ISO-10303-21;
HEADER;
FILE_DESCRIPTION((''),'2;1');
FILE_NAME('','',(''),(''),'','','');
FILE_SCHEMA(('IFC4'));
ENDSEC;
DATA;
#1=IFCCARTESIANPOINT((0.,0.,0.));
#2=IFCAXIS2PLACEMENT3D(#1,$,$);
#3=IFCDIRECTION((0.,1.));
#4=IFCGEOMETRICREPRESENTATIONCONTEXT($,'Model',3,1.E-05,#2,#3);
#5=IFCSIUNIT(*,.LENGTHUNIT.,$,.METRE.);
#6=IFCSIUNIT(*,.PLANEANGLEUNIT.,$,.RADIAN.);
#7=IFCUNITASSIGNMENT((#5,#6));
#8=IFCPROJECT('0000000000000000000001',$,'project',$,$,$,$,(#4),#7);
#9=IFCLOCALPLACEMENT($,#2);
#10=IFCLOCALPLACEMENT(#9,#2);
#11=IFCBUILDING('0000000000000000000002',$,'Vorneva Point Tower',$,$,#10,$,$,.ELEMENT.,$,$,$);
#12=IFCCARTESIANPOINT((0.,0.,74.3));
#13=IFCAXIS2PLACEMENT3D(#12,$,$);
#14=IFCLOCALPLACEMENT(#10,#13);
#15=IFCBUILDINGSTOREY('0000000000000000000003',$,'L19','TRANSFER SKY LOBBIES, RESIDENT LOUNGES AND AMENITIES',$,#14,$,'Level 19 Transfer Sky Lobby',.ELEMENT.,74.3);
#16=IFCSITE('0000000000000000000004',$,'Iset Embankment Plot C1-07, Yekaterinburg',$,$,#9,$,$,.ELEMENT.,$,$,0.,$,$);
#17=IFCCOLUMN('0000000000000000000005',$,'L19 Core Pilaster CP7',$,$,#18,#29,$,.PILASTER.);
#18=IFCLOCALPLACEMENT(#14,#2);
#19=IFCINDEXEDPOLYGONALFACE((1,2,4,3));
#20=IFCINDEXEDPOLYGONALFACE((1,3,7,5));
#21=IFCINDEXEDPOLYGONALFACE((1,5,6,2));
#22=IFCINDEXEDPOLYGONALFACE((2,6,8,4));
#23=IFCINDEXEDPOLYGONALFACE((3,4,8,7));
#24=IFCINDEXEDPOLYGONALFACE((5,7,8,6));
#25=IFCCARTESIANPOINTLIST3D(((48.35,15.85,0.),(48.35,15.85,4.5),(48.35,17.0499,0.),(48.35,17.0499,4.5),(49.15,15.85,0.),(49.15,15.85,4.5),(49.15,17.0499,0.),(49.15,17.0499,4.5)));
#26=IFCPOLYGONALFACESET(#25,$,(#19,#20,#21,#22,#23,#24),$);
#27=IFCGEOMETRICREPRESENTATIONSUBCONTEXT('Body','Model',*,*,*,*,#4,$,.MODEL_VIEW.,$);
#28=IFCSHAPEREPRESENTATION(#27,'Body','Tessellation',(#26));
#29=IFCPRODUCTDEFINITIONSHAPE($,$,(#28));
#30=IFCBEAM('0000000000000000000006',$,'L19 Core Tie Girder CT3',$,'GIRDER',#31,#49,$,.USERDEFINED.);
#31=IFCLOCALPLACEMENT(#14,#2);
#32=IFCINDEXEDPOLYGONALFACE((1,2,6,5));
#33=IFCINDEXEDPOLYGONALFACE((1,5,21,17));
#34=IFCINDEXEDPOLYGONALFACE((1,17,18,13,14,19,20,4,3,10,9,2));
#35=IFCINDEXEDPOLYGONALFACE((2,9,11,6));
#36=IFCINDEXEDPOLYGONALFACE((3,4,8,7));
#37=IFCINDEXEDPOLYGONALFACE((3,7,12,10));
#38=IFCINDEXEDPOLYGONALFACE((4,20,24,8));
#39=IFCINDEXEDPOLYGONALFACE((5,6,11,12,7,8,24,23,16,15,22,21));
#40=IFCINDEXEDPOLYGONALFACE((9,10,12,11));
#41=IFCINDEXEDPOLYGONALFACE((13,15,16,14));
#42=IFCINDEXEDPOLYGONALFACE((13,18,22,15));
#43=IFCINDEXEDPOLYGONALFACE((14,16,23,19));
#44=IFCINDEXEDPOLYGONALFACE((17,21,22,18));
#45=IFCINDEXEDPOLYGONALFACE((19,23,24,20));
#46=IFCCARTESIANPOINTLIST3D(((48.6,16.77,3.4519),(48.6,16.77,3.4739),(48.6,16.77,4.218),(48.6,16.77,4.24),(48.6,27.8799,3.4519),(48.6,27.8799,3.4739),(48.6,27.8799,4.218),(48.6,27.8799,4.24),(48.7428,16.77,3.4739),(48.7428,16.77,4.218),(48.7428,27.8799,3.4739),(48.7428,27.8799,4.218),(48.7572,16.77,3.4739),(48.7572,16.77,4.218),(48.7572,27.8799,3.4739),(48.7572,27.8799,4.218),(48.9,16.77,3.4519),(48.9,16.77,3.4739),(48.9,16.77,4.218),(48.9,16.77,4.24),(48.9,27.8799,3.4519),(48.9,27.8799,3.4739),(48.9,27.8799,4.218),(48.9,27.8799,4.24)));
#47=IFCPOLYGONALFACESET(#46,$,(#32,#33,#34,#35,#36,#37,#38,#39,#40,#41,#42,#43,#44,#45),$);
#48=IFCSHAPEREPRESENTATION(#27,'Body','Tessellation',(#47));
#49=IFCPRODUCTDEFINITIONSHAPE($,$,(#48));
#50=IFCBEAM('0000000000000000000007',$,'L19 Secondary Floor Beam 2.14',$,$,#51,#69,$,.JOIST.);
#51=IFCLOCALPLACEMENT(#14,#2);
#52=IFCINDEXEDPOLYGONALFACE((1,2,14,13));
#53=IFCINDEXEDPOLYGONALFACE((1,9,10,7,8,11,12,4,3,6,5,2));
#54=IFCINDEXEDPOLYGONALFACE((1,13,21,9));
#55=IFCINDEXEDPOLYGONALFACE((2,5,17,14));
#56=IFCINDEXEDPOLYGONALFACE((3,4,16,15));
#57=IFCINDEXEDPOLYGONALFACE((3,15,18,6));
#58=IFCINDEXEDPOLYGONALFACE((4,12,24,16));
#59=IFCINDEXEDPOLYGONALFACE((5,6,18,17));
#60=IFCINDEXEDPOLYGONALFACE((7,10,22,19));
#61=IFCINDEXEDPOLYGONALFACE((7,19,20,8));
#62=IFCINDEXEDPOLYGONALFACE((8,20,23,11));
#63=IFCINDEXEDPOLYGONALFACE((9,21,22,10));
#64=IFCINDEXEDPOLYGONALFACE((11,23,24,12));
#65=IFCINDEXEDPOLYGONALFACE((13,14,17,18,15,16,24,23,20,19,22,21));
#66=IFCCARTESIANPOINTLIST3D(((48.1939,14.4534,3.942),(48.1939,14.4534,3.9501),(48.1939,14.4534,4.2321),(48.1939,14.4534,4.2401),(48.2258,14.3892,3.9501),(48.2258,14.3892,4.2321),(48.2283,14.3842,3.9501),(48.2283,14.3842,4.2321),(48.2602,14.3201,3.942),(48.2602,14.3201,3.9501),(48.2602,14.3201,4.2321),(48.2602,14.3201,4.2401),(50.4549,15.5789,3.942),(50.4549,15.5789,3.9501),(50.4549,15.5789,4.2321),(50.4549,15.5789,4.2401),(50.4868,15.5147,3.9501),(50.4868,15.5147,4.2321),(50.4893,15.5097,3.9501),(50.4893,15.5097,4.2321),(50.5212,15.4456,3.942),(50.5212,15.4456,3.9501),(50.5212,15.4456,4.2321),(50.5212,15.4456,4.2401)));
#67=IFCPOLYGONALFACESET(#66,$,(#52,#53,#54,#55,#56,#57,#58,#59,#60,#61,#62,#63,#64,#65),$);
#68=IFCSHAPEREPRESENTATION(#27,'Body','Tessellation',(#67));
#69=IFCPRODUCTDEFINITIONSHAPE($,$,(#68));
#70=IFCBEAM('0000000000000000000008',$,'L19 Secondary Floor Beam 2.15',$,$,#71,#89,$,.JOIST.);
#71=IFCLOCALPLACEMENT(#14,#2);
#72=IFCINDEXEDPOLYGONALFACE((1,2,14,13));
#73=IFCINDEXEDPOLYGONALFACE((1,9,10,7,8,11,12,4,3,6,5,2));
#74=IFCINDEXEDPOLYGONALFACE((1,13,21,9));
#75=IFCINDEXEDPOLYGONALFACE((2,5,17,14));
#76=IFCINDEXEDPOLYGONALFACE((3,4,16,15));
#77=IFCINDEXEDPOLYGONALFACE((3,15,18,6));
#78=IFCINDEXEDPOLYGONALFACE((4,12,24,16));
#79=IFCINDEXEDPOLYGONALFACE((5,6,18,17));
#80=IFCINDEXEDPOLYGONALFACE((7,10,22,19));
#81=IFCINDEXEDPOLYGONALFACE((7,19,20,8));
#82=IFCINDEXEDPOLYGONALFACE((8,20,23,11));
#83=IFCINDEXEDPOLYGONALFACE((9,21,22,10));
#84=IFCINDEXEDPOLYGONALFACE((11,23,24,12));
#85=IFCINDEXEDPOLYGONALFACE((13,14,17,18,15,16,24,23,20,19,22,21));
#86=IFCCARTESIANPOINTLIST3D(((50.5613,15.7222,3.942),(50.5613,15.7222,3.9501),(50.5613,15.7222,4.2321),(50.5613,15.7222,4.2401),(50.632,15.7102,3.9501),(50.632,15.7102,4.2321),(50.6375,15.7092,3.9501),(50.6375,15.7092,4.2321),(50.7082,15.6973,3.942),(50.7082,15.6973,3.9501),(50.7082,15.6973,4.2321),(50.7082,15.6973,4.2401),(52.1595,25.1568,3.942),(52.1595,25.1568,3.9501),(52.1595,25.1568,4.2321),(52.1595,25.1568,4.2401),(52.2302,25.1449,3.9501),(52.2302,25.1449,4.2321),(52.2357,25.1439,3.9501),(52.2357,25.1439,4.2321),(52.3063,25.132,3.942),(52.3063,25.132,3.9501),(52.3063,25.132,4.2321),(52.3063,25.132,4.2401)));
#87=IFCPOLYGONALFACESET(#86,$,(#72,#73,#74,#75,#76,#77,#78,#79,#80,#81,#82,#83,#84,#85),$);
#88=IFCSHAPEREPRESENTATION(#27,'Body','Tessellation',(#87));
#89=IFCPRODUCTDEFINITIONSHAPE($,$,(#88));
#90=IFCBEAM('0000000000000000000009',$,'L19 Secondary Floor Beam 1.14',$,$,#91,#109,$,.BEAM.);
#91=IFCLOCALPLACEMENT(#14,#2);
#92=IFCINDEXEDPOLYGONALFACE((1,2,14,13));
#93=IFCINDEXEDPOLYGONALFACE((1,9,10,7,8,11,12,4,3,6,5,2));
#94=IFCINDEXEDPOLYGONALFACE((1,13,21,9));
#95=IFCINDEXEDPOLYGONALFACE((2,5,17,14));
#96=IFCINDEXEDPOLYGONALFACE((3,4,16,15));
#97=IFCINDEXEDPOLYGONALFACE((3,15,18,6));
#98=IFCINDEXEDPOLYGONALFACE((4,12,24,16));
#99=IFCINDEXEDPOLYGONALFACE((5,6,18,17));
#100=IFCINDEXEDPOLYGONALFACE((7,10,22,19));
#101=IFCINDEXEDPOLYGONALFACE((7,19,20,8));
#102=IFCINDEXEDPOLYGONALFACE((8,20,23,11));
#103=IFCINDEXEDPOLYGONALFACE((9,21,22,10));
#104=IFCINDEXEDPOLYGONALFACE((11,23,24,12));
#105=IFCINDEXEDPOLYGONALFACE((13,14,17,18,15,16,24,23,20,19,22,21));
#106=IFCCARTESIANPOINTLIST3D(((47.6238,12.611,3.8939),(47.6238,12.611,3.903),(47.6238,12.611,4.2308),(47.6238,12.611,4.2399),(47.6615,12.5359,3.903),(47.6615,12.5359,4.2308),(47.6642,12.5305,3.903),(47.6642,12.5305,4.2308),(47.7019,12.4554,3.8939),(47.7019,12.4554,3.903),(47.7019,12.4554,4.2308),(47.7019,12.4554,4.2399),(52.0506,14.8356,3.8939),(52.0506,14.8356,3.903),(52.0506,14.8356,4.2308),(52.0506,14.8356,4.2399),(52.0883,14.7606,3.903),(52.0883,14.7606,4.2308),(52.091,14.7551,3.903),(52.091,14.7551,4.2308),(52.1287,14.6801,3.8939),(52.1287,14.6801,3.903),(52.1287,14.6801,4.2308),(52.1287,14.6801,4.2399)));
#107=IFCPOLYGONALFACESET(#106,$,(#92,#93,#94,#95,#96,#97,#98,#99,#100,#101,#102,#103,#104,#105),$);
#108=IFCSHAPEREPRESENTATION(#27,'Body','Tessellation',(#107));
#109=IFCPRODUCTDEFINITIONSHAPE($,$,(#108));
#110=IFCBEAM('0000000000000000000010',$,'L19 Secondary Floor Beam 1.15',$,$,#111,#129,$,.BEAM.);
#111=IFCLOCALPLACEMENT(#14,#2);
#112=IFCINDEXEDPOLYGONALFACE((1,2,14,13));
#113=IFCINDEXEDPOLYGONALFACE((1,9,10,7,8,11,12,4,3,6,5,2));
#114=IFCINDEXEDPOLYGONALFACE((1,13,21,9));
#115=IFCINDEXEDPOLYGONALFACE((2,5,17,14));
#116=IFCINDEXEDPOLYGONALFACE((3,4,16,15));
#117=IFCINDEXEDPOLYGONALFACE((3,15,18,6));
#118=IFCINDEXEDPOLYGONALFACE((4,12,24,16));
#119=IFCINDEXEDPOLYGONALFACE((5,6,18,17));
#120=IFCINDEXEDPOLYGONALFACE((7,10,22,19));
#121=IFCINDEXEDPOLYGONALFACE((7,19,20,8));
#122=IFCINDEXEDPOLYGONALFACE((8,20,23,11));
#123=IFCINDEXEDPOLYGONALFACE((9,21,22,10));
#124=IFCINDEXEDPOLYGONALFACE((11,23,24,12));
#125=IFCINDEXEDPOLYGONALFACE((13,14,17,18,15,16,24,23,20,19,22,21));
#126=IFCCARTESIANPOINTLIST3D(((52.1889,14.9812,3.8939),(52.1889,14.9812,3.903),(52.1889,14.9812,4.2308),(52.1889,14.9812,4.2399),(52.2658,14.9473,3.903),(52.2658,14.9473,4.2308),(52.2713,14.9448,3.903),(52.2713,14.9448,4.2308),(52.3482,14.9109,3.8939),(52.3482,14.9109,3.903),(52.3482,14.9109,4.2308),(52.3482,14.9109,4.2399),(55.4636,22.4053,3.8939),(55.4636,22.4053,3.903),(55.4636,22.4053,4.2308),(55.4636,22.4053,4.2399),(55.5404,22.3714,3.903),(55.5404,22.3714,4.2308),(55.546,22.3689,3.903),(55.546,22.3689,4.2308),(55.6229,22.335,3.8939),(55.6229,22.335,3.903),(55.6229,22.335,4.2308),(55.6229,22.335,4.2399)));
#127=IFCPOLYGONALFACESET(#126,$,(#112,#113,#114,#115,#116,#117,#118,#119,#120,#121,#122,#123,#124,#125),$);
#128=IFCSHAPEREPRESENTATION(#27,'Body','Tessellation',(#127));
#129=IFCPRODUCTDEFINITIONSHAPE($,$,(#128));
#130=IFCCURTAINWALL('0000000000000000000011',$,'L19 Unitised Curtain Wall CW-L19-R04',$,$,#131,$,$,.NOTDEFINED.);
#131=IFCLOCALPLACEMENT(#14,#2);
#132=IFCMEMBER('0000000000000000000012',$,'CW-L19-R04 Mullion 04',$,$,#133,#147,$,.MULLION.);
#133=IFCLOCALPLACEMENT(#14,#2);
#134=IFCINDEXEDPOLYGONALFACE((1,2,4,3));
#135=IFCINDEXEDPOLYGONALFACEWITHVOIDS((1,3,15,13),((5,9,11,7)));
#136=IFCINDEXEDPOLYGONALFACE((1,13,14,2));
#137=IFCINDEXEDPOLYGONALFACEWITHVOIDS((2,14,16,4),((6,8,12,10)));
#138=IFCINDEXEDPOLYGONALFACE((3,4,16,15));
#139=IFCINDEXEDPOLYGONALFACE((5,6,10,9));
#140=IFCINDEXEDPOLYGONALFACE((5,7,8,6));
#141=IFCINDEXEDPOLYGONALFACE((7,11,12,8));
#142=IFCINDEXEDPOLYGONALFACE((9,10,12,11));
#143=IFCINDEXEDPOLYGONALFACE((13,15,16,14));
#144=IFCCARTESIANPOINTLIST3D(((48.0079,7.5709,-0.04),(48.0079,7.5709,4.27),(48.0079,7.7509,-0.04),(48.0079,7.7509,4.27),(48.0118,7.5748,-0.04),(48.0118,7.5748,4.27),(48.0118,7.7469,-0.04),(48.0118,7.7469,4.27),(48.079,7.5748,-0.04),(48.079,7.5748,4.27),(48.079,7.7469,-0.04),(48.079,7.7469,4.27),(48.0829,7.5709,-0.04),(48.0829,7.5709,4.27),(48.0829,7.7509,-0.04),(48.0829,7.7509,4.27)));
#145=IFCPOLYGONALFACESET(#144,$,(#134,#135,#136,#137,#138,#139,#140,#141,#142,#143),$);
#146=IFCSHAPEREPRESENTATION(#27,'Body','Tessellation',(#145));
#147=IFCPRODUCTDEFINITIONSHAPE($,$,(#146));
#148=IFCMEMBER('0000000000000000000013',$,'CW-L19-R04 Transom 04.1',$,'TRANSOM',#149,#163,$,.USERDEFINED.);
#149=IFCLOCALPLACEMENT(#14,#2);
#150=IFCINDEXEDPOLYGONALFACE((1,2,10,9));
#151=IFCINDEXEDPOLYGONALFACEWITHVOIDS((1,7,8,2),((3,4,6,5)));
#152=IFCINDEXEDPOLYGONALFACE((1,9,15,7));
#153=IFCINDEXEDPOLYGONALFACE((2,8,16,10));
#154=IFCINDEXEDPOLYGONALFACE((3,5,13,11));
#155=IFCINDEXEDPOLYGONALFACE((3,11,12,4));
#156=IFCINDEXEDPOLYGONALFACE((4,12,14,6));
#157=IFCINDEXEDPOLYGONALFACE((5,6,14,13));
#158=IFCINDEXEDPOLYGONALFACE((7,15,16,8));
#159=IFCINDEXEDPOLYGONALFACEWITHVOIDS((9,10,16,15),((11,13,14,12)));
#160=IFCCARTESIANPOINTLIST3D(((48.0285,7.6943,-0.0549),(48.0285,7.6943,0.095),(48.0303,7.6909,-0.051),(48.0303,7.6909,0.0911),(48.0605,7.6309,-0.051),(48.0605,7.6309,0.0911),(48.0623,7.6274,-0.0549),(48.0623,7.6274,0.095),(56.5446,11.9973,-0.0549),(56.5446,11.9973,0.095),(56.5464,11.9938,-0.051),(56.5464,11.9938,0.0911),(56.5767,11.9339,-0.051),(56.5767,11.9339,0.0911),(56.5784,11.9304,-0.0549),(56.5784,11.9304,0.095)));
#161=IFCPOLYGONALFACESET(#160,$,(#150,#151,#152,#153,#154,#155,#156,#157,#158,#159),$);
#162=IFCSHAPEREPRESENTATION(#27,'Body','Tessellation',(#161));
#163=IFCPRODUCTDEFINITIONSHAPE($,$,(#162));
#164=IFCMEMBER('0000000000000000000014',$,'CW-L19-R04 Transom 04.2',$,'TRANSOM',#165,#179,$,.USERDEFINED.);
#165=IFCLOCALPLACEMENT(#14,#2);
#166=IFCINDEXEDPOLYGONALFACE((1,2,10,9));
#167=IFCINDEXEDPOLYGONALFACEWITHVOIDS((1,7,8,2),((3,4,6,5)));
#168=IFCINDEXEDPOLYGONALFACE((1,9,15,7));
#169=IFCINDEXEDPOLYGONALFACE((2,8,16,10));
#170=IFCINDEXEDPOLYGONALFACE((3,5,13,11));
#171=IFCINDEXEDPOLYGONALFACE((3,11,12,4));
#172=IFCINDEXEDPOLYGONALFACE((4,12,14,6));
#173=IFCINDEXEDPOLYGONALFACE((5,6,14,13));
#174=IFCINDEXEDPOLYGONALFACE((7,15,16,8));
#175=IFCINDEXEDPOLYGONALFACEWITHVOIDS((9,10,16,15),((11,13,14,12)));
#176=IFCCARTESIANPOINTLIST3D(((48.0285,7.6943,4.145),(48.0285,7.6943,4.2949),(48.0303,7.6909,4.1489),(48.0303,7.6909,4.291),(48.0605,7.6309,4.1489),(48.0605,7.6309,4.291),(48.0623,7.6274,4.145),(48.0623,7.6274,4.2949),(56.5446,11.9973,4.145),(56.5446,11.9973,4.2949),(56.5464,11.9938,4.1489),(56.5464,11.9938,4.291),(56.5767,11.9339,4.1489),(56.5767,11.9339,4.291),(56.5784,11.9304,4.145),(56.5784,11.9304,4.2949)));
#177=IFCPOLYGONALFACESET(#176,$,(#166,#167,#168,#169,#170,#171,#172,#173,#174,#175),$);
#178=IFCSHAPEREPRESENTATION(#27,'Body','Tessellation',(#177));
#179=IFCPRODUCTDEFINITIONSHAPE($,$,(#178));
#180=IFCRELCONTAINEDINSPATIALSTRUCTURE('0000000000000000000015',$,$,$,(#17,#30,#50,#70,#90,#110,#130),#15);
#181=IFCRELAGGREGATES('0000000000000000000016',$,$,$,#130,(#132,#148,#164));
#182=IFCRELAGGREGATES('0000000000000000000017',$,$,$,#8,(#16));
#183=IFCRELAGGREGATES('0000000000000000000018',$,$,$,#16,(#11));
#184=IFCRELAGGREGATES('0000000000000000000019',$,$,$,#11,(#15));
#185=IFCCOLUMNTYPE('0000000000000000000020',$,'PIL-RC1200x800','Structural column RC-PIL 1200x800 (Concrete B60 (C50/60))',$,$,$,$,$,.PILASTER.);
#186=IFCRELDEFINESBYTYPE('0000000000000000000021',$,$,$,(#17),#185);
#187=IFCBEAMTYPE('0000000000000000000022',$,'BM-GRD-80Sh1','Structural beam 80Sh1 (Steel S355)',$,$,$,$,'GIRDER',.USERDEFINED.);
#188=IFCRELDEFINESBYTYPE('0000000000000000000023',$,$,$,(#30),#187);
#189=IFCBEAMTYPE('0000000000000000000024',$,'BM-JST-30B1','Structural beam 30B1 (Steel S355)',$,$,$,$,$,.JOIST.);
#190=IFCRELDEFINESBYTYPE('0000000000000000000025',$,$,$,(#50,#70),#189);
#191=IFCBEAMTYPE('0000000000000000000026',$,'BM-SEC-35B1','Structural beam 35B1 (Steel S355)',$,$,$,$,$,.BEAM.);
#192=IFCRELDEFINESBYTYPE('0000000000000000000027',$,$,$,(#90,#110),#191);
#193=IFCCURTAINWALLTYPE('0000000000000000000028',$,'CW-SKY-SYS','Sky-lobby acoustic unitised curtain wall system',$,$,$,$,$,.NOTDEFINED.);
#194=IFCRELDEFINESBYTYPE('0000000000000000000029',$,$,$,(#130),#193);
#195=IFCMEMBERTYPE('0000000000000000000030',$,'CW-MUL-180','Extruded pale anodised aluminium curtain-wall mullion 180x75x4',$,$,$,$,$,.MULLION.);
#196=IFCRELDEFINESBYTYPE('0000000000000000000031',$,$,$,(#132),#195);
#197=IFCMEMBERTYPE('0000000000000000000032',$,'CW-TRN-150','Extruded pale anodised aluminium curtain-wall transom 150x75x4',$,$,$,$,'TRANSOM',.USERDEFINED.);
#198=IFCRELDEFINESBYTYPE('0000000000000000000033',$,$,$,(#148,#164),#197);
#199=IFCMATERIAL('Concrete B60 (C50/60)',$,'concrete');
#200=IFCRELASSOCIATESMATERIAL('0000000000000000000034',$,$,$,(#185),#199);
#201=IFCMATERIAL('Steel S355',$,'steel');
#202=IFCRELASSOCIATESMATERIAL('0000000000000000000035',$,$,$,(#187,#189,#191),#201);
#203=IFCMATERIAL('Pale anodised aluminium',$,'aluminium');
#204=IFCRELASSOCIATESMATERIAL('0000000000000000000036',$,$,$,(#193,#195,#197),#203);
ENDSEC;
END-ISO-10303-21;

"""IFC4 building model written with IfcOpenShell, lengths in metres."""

from ifc_helpers import new_model, si_unit, direction, frame, origin, origin_2d, place, context, subcontext, project, spatial, rectangle, hollow_rectangle, i_section, extrude, material, material_profile, profile_set, type_object, element, aggregate, save


model = new_model("IFC4")

# Units and contexts
model_context = context("Model", 3, precision=1e-05, world=origin(), true_north=direction((0.0, 1.0)))
body_context = subcontext(model_context, "Body", "Model", "MODEL_VIEW")
ifc_project = project(units=[si_unit("LENGTHUNIT", "METRE"), si_unit("PLANEANGLEUNIT", "RADIAN")], contexts=[model_context])

# Site, building, storey
site_placement = place(None, origin())
site = spatial("IfcSite", under=ifc_project, at=site_placement, Name="Iset Embankment Plot C1-07, Yekaterinburg", CompositionType="ELEMENT", RefElevation=0.0)
building_placement = place(site_placement, origin())
building = spatial("IfcBuilding", under=site, at=building_placement, Name="Vorneva Point Tower", CompositionType="ELEMENT")
storey_placement = place(building_placement, frame((0.0, 0.0, 74.3)))
storey = spatial("IfcBuildingStorey", under=building, at=storey_placement, Name="L19", Description="TRANSFER SKY LOBBIES, RESIDENT LOUNGES AND AMENITIES", LongName="Level 19 Transfer Sky Lobby", CompositionType="ELEMENT", Elevation=74.3)

# Column
ifc_material_1 = material(Name="Concrete B60 (C50/60)", Category="concrete")
ifc_material_profile_1 = material_profile(ifc_material_1, rectangle(XDim=0.8, YDim=1.2, at=origin_2d()), Name="RC-PIL 1200x800")
ifc_profile_set_1 = profile_set([ifc_material_profile_1], Name="Concrete B60 (C50/60)")
column_type = type_object("IfcColumnType", Name="PIL-RC1200x800", Description="Structural column RC-PIL 1200x800 (Concrete B60 (C50/60))", PredefinedType="PILASTER", material=ifc_profile_set_1)
column_placement = place(storey_placement, frame((48.75, 16.45, 0.0), z_axis=(0.0, 0.0, 1.0), x_axis=(1.0, 0.0, 0.0)))
element("IfcColumn", 1, at=column_placement, inside=storey, type_object=column_type, Name="L19 Core Pilaster CP7", PredefinedType="PILASTER", context=body_context, shape_type="SweptSolid", body=[
    extrude(rectangle(XDim=0.8, YDim=1.2, at=origin_2d()), origin(), (0.0, 0.0, 1.0), 4.5),
])

# Beams
ifc_material_2 = material(Name="Steel S355", Category="steel")
ifc_material_profile_2 = material_profile(ifc_material_2, i_section(OverallWidth=0.3, OverallDepth=0.7881, WebThickness=0.0144, FlangeThickness=0.022, at=origin_2d()), Name="80Sh1")
ifc_profile_set_2 = profile_set([ifc_material_profile_2], Name="Steel S355")
beam_type_1 = type_object("IfcBeamType", Name="BM-GRD-80Sh1", Description="Structural beam 80Sh1 (Steel S355)", ElementType="GIRDER", PredefinedType="USERDEFINED", material=ifc_profile_set_2)
beam_1_placement = place(storey_placement, frame((48.75, 16.77, 3.8459), z_axis=(0.0, 1.0, 0.0), x_axis=(-1.0, 0.0, 0.0)))
element("IfcBeam", 2, at=beam_1_placement, inside=storey, type_object=beam_type_1, Name="L19 Core Tie Girder CT3", ObjectType="GIRDER", PredefinedType="USERDEFINED", context=body_context, shape_type="SweptSolid", body=[
    extrude(i_section(OverallWidth=0.3, OverallDepth=0.7881, WebThickness=0.0144, FlangeThickness=0.022, at=origin_2d()), origin(), (0.0, 0.0, 1.0), 11.1099),
])
ifc_material_profile_3 = material_profile(ifc_material_2, i_section(OverallWidth=0.1489, OverallDepth=0.2981, WebThickness=0.0056, FlangeThickness=0.0081, at=origin_2d()), Name="30B1")
ifc_profile_set_3 = profile_set([ifc_material_profile_3], Name="Steel S355")
beam_type_2 = type_object("IfcBeamType", Name="BM-JST-30B1", Description="Structural beam 30B1 (Steel S355)", PredefinedType="JOIST", material=ifc_profile_set_3)
beam_2_placement = place(storey_placement, frame((48.2271, 14.3867, 4.0911), z_axis=(0.895218, 0.445628, 0.0), x_axis=(-0.445628, 0.895218, 0.0)))
element("IfcBeam", 3, at=beam_2_placement, inside=storey, type_object=beam_type_2, Name="L19 Secondary Floor Beam 2.14", PredefinedType="JOIST", context=body_context, shape_type="SweptSolid", body=[
    extrude(i_section(OverallWidth=0.1489, OverallDepth=0.2981, WebThickness=0.0056, FlangeThickness=0.0081, at=origin_2d()), origin(), (0.0, 0.0, 1.0), 2.5256),
])
beam_3_placement = place(storey_placement, frame((50.6348, 15.7097, 4.0911), z_axis=(0.167013, 0.985955, 0.0), x_axis=(-0.985955, 0.167013, 0.0)))
element("IfcBeam", 4, at=beam_3_placement, inside=storey, type_object=beam_type_2, Name="L19 Secondary Floor Beam 2.15", PredefinedType="JOIST", context=body_context, shape_type="SweptSolid", body=[
    extrude(i_section(OverallWidth=0.1489, OverallDepth=0.2981, WebThickness=0.0056, FlangeThickness=0.0081, at=origin_2d()), origin(), (0.0, 0.0, 1.0), 9.5691),
])
ifc_material_profile_4 = material_profile(ifc_material_2, i_section(OverallWidth=0.1741, OverallDepth=0.3459, WebThickness=0.0061, FlangeThickness=0.009, at=origin_2d()), Name="35B1")
ifc_profile_set_4 = profile_set([ifc_material_profile_4], Name="Steel S355")
beam_type_3 = type_object("IfcBeamType", Name="BM-SEC-35B1", Description="Structural beam 35B1 (Steel S355)", PredefinedType="BEAM", material=ifc_profile_set_4)
beam_4_placement = place(storey_placement, frame((47.6628, 12.5332, 4.0669), z_axis=(0.893519, 0.449026, 0.0), x_axis=(-0.449026, 0.893519, 0.0)))
element("IfcBeam", 5, at=beam_4_placement, inside=storey, type_object=beam_type_3, Name="L19 Secondary Floor Beam 1.14", PredefinedType="BEAM", context=body_context, shape_type="SweptSolid", body=[
    extrude(i_section(OverallWidth=0.1741, OverallDepth=0.3459, WebThickness=0.0061, FlangeThickness=0.009, at=origin_2d()), origin(), (0.0, 0.0, 1.0), 4.9543),
])
beam_5_placement = place(storey_placement, frame((52.2686, 14.946, 4.0669), z_axis=(0.403571, 0.914948, 0.0), x_axis=(-0.914948, 0.403571, 0.0)))
element("IfcBeam", 6, at=beam_5_placement, inside=storey, type_object=beam_type_3, Name="L19 Secondary Floor Beam 1.15", PredefinedType="BEAM", context=body_context, shape_type="SweptSolid", body=[
    extrude(i_section(OverallWidth=0.1741, OverallDepth=0.3459, WebThickness=0.0061, FlangeThickness=0.009, at=origin_2d()), origin(), (0.0, 0.0, 1.0), 8.1143),
])

# Curtain wall, members
ifc_material_3 = material(Name="Pale anodised aluminium", Category="aluminium")
curtain_wall_type = type_object("IfcCurtainWallType", Name="CW-SKY-SYS", Description="Sky-lobby acoustic unitised curtain wall system", PredefinedType="NOTDEFINED", material=ifc_material_3)
curtain_wall_placement = place(storey_placement, origin())
curtain_wall = element("IfcCurtainWall", 7, at=curtain_wall_placement, inside=storey, type_object=curtain_wall_type, Name="L19 Unitised Curtain Wall CW-L19-R04", PredefinedType="NOTDEFINED")
ifc_material_profile_5 = material_profile(ifc_material_3, hollow_rectangle(XDim=0.075, YDim=0.1799, WallThickness=0.0039, at=origin_2d()), Name="AL-MUL 180x75x4")
ifc_profile_set_5 = profile_set([ifc_material_profile_5], Name="Pale anodised aluminium")
member_type_1 = type_object("IfcMemberType", Name="CW-MUL-180", Description="Extruded pale anodised aluminium curtain-wall mullion 180x75x4", PredefinedType="MULLION", material=ifc_profile_set_5)
member_1_placement = place(storey_placement, frame((48.0454, 7.6609, -0.04), z_axis=(0.0, 0.0, 1.0), x_axis=(1.0, 0.0, 0.0)))
member_1 = element("IfcMember", 8, at=member_1_placement, type_object=member_type_1, Name="CW-L19-R04 Mullion 04", PredefinedType="MULLION", context=body_context, shape_type="SweptSolid", body=[
    extrude(hollow_rectangle(XDim=0.075, YDim=0.1799, WallThickness=0.0039, at=origin_2d()), origin(), (0.0, 0.0, 1.0), 4.3101),
])
ifc_material_profile_6 = material_profile(ifc_material_3, hollow_rectangle(XDim=0.075, YDim=0.1499, WallThickness=0.0039, at=origin_2d()), Name="AL-TRN 150x75x4")
ifc_profile_set_6 = profile_set([ifc_material_profile_6], Name="Pale anodised aluminium")
member_type_2 = type_object("IfcMemberType", Name="CW-TRN-150", Description="Extruded pale anodised aluminium curtain-wall transom 150x75x4", ElementType="TRANSOM", PredefinedType="USERDEFINED", material=ifc_profile_set_6)
member_2_placement = place(storey_placement, frame((48.0454, 7.6609, 0.02), z_axis=(0.892536, 0.450976, 0.0), x_axis=(-0.450976, 0.892536, 0.0)))
member_2 = element("IfcMember", 9, at=member_2_placement, type_object=member_type_2, Name="CW-L19-R04 Transom 04.1", ObjectType="TRANSOM", PredefinedType="USERDEFINED", context=body_context, shape_type="SweptSolid", body=[
    extrude(hollow_rectangle(XDim=0.075, YDim=0.1499, WallThickness=0.0039, at=origin_2d()), origin(), (0.0, 0.0, 1.0), 9.5415),
])
member_3_placement = place(storey_placement, frame((48.0454, 7.6609, 4.22), z_axis=(0.892536, 0.450976, 0.0), x_axis=(-0.450976, 0.892536, 0.0)))
member_3 = element("IfcMember", 10, at=member_3_placement, type_object=member_type_2, Name="CW-L19-R04 Transom 04.2", ObjectType="TRANSOM", PredefinedType="USERDEFINED", context=body_context, shape_type="SweptSolid", body=[
    extrude(hollow_rectangle(XDim=0.075, YDim=0.1499, WallThickness=0.0039, at=origin_2d()), origin(), (0.0, 0.0, 1.0), 9.5415),
])
aggregate(curtain_wall, [member_1, member_2, member_3])

save(model, "model.ifc")
